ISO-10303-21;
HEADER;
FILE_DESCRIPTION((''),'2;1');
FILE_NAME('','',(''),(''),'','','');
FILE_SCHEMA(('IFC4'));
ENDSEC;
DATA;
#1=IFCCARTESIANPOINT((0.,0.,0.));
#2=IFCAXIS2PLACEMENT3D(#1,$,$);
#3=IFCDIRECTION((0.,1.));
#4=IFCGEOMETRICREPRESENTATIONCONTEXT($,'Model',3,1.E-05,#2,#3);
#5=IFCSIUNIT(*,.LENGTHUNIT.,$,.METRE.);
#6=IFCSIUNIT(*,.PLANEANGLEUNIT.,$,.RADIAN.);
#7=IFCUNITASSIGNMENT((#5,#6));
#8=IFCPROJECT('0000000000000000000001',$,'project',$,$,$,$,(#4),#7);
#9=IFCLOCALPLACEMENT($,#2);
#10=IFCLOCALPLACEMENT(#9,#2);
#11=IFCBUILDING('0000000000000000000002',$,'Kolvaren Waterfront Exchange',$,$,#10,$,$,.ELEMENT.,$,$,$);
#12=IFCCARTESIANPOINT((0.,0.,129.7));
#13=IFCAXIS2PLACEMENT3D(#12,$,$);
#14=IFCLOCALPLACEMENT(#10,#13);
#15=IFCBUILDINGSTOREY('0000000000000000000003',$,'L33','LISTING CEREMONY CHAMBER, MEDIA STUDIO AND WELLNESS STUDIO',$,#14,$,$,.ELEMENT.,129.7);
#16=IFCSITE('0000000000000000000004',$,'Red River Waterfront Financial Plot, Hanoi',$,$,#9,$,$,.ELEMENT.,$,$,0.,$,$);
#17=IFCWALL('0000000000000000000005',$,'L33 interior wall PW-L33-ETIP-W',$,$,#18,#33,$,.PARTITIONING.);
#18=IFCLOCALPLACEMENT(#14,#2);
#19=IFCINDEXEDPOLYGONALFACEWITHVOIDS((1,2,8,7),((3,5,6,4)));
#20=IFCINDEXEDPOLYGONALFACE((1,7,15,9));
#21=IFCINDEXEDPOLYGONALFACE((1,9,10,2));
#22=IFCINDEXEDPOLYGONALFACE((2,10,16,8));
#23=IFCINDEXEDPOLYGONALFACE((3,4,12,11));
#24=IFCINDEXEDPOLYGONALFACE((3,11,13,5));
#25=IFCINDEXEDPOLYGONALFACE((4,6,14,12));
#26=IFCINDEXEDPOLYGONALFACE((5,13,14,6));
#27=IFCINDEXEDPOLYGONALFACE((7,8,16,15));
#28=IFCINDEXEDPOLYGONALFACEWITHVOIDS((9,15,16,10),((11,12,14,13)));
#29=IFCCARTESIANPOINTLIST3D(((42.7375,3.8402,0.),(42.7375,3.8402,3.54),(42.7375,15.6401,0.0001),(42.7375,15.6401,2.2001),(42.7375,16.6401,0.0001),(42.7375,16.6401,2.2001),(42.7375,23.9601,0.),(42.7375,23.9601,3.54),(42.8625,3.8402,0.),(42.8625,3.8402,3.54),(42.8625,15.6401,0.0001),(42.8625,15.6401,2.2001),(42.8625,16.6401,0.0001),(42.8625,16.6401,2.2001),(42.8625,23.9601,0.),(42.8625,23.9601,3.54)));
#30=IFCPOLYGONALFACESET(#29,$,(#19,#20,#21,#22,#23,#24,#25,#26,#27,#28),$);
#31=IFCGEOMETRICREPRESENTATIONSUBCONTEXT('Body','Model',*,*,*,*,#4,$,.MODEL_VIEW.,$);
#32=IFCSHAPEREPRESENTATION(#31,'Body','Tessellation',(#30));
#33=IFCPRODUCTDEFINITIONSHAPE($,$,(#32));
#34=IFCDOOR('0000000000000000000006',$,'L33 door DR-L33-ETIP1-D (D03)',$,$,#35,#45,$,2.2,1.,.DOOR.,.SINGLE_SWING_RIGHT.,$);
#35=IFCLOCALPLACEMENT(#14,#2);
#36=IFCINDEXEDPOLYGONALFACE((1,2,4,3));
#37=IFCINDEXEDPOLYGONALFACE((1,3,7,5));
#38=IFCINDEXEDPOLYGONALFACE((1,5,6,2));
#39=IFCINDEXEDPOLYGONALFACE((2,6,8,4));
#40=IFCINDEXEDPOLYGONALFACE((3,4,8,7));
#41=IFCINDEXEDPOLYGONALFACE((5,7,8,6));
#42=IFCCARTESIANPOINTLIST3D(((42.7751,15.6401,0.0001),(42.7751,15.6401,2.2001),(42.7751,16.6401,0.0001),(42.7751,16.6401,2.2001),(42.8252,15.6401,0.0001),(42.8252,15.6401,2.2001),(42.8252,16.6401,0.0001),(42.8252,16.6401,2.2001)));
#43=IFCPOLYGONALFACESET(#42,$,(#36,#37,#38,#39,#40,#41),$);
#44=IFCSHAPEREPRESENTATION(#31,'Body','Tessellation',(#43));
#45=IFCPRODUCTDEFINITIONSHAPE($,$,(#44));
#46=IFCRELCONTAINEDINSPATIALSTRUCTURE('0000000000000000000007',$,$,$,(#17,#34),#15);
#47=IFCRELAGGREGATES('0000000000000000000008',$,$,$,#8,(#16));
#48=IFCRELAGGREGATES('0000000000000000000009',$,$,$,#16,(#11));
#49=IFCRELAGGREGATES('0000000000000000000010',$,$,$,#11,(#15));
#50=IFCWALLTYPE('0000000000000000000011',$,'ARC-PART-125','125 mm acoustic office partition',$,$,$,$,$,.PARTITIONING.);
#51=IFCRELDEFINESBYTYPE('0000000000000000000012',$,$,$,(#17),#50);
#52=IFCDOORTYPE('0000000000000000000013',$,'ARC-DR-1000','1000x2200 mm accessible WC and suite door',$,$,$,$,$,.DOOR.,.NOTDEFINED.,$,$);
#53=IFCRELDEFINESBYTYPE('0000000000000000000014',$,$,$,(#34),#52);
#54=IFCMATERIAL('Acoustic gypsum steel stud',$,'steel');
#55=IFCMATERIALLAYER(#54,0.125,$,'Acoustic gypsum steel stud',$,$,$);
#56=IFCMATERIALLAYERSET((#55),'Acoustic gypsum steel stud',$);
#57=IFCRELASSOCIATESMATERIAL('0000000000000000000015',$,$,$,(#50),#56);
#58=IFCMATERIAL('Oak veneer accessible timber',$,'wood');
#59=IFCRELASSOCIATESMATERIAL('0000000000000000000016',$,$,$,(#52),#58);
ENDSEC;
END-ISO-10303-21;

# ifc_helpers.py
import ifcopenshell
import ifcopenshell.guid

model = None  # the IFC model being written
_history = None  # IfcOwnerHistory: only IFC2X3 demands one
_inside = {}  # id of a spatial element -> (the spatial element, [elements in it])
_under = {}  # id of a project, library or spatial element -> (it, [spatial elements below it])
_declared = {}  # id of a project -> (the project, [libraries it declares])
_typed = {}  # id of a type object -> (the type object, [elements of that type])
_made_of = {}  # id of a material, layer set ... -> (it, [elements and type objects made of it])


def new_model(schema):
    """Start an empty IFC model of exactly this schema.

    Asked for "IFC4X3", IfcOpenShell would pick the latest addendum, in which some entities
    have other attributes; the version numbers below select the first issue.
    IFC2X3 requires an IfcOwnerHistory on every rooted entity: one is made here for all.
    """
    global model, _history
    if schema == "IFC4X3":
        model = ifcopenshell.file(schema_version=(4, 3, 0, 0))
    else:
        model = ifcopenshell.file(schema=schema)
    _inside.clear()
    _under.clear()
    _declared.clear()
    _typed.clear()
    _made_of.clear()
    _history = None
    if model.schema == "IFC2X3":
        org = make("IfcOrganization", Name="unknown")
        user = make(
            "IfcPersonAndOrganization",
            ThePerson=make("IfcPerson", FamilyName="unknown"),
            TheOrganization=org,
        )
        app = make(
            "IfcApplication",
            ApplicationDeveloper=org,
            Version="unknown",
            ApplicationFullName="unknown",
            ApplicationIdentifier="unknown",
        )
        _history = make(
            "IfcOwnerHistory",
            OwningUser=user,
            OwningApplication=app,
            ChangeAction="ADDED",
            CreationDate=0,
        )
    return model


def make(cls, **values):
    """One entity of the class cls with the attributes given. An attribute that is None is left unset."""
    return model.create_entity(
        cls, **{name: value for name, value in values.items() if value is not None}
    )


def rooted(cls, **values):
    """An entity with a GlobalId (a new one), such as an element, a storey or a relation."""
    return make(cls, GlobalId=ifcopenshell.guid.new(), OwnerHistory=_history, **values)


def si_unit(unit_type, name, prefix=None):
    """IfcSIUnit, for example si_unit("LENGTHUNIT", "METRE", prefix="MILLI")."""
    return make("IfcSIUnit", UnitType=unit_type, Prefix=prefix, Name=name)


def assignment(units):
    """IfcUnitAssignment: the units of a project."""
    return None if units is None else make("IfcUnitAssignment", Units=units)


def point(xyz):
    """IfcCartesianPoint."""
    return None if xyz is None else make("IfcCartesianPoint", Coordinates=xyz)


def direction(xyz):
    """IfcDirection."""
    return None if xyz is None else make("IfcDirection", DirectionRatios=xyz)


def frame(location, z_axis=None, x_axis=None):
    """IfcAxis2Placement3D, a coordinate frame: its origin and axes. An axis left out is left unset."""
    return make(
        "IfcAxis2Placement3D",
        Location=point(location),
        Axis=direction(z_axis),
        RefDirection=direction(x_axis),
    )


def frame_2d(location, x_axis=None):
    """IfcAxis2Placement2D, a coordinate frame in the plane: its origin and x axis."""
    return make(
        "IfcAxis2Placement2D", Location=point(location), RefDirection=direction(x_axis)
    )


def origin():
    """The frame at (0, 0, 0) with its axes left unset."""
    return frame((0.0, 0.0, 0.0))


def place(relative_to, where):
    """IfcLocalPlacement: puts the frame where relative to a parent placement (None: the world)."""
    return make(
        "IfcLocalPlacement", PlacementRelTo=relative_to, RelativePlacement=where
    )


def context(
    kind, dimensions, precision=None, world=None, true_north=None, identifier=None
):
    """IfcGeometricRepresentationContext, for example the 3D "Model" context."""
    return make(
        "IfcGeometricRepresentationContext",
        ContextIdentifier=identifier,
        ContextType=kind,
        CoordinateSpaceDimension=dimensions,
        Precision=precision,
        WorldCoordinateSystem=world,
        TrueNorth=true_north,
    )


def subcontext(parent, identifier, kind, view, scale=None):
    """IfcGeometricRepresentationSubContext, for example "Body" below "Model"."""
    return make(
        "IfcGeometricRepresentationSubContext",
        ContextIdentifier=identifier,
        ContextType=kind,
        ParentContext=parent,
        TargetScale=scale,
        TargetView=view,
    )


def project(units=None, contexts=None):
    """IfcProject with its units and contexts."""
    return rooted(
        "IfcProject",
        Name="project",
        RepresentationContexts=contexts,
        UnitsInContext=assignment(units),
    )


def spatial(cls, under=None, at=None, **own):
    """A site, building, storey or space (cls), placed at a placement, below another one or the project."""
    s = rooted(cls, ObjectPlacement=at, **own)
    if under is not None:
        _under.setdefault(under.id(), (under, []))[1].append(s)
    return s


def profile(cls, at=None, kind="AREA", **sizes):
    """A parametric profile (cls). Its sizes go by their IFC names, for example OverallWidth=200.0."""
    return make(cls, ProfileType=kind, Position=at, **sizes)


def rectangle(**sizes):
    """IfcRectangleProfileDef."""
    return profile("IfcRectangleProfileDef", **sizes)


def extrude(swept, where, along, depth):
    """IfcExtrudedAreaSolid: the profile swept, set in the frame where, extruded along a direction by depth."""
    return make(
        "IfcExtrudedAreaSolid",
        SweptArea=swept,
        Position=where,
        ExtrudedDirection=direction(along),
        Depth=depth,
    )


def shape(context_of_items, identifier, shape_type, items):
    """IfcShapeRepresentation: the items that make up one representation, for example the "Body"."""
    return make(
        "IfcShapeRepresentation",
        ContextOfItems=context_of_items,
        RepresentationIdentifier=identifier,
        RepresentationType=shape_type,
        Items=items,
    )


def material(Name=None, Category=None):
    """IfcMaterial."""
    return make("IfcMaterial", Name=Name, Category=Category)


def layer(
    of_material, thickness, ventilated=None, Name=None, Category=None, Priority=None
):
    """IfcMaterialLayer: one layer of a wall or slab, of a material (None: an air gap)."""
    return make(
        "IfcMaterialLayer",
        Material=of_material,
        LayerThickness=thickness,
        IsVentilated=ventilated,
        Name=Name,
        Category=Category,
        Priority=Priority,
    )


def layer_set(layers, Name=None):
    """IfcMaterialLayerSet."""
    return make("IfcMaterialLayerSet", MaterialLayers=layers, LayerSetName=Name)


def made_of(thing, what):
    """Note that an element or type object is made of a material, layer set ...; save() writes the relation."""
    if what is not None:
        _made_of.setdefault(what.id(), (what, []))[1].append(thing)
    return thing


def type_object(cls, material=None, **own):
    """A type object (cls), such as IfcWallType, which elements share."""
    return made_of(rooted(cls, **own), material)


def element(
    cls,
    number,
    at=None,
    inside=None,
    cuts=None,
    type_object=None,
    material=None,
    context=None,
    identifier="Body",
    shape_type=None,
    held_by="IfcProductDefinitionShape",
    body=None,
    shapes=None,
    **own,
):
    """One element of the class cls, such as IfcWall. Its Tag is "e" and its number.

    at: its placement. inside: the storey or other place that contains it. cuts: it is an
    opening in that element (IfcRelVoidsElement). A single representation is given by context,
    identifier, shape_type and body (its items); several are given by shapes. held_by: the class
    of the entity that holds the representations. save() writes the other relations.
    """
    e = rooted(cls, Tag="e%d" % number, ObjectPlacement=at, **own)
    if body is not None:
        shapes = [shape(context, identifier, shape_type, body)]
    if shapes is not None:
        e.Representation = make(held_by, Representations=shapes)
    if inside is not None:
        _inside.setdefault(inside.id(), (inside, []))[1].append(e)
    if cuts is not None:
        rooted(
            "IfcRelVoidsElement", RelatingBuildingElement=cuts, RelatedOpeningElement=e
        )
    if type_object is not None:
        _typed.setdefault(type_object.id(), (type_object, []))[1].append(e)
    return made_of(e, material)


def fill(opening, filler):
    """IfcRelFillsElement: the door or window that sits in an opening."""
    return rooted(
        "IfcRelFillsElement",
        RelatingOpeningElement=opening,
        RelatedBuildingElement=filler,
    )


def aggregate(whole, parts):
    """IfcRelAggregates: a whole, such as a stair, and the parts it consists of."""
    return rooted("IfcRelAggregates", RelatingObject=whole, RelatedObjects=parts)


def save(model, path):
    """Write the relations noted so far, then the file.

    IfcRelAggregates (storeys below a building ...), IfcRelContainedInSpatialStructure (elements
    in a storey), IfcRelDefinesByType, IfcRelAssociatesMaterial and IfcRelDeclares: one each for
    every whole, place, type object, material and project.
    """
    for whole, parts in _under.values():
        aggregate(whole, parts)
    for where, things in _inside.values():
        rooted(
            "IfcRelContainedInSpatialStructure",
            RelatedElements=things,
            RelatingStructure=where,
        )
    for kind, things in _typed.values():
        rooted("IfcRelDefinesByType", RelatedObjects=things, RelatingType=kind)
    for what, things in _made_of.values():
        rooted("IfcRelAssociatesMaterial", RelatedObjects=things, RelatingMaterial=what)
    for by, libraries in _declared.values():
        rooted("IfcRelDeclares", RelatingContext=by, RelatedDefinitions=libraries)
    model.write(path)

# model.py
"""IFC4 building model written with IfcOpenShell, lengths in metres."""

from ifc_helpers import new_model, si_unit, direction, frame, frame_2d, origin, place, context, subcontext, project, spatial, rectangle, extrude, material, layer, layer_set, type_object, element, fill, save


model = new_model("IFC4")

# Units and contexts
model_context = context("Model", 3, precision=1e-05, world=origin(), true_north=direction((0.0, 1.0)))
body_context = subcontext(model_context, "Body", "Model", "MODEL_VIEW")
ifc_project = project(units=[si_unit("LENGTHUNIT", "METRE"), si_unit("PLANEANGLEUNIT", "RADIAN")], contexts=[model_context])

# Site, building, storey
site_placement = place(None, origin())
site = spatial("IfcSite", under=ifc_project, at=site_placement, Name="Red River Waterfront Financial Plot, Hanoi", CompositionType="ELEMENT", RefElevation=0.0)
building_placement = place(site_placement, origin())
building = spatial("IfcBuilding", under=site, at=building_placement, Name="Kolvaren Waterfront Exchange", CompositionType="ELEMENT")
storey_placement = place(building_placement, frame((0.0, 0.0, 129.7)))
storey = spatial("IfcBuildingStorey", under=building, at=storey_placement, Name="L33", Description="LISTING CEREMONY CHAMBER, MEDIA STUDIO AND WELLNESS STUDIO", CompositionType="ELEMENT", Elevation=129.7)

# Wall, opening, door
ifc_material_1 = material(Name="Acoustic gypsum steel stud", Category="steel")
ifc_layer_1 = layer(ifc_material_1, 0.125, Name="Acoustic gypsum steel stud")
ifc_layer_set_1 = layer_set([ifc_layer_1], Name="Acoustic gypsum steel stud")
wall_type_1 = type_object("IfcWallType", Name="ARC-PART-125", Description="125 mm acoustic office partition", PredefinedType="PARTITIONING", material=ifc_layer_set_1)
wall_1_placement = place(storey_placement, frame((42.8, 3.8401, 0.0), z_axis=(0.0, 0.0, 1.0), x_axis=(0.0, 1.0, 0.0)))
wall_1 = element("IfcWall", 1, at=wall_1_placement, inside=storey, type_object=wall_type_1, Name="L33 interior wall PW-L33-ETIP-W", PredefinedType="PARTITIONING", context=body_context, shape_type="SweptSolid", body=[
    extrude(rectangle(XDim=20.1199, YDim=0.125, at=frame_2d((10.0601, 0.0))), origin(), (0.0, 0.0, 1.0), 3.54),
])
opening_placement = place(wall_1_placement, frame((11.8, 0.0, 0.0)))
opening = element("IfcOpeningElement", 2, at=opening_placement, cuts=wall_1, PredefinedType="OPENING", context=body_context, shape_type="SweptSolid", body=[
    extrude(rectangle(XDim=1.0, YDim=2.2, at=frame_2d((0.5, 1.1001))), frame((0.0, 0.0725, 0.0), z_axis=(0.0, -1.0, 0.0), x_axis=(1.0, 0.0, 0.0)), (0.0, 0.0, 1.0), 0.145),
])
ifc_material_2 = material(Name="Oak veneer accessible timber", Category="wood")
door_type = type_object("IfcDoorType", Name="ARC-DR-1000", Description="1000x2200 mm accessible WC and suite door", OperationType="NOTDEFINED", PredefinedType="DOOR", material=ifc_material_2)
door_placement = place(opening_placement, origin())
door = element("IfcDoor", 3, at=door_placement, inside=storey, type_object=door_type, Name="L33 door DR-L33-ETIP1-D (D03)", OperationType="SINGLE_SWING_RIGHT", OverallHeight=2.2, OverallWidth=1.0, PredefinedType="DOOR", context=body_context, shape_type="SweptSolid", body=[
    extrude(rectangle(XDim=1.0, YDim=2.2, at=frame_2d((0.5, 1.1001))), frame((0.0, 0.0249, 0.0), z_axis=(0.0, -1.0, 0.0), x_axis=(1.0, 0.0, 0.0)), (0.0, 0.0, 1.0), 0.05),
])
fill(opening, door)

save(model, "model.ifc")
